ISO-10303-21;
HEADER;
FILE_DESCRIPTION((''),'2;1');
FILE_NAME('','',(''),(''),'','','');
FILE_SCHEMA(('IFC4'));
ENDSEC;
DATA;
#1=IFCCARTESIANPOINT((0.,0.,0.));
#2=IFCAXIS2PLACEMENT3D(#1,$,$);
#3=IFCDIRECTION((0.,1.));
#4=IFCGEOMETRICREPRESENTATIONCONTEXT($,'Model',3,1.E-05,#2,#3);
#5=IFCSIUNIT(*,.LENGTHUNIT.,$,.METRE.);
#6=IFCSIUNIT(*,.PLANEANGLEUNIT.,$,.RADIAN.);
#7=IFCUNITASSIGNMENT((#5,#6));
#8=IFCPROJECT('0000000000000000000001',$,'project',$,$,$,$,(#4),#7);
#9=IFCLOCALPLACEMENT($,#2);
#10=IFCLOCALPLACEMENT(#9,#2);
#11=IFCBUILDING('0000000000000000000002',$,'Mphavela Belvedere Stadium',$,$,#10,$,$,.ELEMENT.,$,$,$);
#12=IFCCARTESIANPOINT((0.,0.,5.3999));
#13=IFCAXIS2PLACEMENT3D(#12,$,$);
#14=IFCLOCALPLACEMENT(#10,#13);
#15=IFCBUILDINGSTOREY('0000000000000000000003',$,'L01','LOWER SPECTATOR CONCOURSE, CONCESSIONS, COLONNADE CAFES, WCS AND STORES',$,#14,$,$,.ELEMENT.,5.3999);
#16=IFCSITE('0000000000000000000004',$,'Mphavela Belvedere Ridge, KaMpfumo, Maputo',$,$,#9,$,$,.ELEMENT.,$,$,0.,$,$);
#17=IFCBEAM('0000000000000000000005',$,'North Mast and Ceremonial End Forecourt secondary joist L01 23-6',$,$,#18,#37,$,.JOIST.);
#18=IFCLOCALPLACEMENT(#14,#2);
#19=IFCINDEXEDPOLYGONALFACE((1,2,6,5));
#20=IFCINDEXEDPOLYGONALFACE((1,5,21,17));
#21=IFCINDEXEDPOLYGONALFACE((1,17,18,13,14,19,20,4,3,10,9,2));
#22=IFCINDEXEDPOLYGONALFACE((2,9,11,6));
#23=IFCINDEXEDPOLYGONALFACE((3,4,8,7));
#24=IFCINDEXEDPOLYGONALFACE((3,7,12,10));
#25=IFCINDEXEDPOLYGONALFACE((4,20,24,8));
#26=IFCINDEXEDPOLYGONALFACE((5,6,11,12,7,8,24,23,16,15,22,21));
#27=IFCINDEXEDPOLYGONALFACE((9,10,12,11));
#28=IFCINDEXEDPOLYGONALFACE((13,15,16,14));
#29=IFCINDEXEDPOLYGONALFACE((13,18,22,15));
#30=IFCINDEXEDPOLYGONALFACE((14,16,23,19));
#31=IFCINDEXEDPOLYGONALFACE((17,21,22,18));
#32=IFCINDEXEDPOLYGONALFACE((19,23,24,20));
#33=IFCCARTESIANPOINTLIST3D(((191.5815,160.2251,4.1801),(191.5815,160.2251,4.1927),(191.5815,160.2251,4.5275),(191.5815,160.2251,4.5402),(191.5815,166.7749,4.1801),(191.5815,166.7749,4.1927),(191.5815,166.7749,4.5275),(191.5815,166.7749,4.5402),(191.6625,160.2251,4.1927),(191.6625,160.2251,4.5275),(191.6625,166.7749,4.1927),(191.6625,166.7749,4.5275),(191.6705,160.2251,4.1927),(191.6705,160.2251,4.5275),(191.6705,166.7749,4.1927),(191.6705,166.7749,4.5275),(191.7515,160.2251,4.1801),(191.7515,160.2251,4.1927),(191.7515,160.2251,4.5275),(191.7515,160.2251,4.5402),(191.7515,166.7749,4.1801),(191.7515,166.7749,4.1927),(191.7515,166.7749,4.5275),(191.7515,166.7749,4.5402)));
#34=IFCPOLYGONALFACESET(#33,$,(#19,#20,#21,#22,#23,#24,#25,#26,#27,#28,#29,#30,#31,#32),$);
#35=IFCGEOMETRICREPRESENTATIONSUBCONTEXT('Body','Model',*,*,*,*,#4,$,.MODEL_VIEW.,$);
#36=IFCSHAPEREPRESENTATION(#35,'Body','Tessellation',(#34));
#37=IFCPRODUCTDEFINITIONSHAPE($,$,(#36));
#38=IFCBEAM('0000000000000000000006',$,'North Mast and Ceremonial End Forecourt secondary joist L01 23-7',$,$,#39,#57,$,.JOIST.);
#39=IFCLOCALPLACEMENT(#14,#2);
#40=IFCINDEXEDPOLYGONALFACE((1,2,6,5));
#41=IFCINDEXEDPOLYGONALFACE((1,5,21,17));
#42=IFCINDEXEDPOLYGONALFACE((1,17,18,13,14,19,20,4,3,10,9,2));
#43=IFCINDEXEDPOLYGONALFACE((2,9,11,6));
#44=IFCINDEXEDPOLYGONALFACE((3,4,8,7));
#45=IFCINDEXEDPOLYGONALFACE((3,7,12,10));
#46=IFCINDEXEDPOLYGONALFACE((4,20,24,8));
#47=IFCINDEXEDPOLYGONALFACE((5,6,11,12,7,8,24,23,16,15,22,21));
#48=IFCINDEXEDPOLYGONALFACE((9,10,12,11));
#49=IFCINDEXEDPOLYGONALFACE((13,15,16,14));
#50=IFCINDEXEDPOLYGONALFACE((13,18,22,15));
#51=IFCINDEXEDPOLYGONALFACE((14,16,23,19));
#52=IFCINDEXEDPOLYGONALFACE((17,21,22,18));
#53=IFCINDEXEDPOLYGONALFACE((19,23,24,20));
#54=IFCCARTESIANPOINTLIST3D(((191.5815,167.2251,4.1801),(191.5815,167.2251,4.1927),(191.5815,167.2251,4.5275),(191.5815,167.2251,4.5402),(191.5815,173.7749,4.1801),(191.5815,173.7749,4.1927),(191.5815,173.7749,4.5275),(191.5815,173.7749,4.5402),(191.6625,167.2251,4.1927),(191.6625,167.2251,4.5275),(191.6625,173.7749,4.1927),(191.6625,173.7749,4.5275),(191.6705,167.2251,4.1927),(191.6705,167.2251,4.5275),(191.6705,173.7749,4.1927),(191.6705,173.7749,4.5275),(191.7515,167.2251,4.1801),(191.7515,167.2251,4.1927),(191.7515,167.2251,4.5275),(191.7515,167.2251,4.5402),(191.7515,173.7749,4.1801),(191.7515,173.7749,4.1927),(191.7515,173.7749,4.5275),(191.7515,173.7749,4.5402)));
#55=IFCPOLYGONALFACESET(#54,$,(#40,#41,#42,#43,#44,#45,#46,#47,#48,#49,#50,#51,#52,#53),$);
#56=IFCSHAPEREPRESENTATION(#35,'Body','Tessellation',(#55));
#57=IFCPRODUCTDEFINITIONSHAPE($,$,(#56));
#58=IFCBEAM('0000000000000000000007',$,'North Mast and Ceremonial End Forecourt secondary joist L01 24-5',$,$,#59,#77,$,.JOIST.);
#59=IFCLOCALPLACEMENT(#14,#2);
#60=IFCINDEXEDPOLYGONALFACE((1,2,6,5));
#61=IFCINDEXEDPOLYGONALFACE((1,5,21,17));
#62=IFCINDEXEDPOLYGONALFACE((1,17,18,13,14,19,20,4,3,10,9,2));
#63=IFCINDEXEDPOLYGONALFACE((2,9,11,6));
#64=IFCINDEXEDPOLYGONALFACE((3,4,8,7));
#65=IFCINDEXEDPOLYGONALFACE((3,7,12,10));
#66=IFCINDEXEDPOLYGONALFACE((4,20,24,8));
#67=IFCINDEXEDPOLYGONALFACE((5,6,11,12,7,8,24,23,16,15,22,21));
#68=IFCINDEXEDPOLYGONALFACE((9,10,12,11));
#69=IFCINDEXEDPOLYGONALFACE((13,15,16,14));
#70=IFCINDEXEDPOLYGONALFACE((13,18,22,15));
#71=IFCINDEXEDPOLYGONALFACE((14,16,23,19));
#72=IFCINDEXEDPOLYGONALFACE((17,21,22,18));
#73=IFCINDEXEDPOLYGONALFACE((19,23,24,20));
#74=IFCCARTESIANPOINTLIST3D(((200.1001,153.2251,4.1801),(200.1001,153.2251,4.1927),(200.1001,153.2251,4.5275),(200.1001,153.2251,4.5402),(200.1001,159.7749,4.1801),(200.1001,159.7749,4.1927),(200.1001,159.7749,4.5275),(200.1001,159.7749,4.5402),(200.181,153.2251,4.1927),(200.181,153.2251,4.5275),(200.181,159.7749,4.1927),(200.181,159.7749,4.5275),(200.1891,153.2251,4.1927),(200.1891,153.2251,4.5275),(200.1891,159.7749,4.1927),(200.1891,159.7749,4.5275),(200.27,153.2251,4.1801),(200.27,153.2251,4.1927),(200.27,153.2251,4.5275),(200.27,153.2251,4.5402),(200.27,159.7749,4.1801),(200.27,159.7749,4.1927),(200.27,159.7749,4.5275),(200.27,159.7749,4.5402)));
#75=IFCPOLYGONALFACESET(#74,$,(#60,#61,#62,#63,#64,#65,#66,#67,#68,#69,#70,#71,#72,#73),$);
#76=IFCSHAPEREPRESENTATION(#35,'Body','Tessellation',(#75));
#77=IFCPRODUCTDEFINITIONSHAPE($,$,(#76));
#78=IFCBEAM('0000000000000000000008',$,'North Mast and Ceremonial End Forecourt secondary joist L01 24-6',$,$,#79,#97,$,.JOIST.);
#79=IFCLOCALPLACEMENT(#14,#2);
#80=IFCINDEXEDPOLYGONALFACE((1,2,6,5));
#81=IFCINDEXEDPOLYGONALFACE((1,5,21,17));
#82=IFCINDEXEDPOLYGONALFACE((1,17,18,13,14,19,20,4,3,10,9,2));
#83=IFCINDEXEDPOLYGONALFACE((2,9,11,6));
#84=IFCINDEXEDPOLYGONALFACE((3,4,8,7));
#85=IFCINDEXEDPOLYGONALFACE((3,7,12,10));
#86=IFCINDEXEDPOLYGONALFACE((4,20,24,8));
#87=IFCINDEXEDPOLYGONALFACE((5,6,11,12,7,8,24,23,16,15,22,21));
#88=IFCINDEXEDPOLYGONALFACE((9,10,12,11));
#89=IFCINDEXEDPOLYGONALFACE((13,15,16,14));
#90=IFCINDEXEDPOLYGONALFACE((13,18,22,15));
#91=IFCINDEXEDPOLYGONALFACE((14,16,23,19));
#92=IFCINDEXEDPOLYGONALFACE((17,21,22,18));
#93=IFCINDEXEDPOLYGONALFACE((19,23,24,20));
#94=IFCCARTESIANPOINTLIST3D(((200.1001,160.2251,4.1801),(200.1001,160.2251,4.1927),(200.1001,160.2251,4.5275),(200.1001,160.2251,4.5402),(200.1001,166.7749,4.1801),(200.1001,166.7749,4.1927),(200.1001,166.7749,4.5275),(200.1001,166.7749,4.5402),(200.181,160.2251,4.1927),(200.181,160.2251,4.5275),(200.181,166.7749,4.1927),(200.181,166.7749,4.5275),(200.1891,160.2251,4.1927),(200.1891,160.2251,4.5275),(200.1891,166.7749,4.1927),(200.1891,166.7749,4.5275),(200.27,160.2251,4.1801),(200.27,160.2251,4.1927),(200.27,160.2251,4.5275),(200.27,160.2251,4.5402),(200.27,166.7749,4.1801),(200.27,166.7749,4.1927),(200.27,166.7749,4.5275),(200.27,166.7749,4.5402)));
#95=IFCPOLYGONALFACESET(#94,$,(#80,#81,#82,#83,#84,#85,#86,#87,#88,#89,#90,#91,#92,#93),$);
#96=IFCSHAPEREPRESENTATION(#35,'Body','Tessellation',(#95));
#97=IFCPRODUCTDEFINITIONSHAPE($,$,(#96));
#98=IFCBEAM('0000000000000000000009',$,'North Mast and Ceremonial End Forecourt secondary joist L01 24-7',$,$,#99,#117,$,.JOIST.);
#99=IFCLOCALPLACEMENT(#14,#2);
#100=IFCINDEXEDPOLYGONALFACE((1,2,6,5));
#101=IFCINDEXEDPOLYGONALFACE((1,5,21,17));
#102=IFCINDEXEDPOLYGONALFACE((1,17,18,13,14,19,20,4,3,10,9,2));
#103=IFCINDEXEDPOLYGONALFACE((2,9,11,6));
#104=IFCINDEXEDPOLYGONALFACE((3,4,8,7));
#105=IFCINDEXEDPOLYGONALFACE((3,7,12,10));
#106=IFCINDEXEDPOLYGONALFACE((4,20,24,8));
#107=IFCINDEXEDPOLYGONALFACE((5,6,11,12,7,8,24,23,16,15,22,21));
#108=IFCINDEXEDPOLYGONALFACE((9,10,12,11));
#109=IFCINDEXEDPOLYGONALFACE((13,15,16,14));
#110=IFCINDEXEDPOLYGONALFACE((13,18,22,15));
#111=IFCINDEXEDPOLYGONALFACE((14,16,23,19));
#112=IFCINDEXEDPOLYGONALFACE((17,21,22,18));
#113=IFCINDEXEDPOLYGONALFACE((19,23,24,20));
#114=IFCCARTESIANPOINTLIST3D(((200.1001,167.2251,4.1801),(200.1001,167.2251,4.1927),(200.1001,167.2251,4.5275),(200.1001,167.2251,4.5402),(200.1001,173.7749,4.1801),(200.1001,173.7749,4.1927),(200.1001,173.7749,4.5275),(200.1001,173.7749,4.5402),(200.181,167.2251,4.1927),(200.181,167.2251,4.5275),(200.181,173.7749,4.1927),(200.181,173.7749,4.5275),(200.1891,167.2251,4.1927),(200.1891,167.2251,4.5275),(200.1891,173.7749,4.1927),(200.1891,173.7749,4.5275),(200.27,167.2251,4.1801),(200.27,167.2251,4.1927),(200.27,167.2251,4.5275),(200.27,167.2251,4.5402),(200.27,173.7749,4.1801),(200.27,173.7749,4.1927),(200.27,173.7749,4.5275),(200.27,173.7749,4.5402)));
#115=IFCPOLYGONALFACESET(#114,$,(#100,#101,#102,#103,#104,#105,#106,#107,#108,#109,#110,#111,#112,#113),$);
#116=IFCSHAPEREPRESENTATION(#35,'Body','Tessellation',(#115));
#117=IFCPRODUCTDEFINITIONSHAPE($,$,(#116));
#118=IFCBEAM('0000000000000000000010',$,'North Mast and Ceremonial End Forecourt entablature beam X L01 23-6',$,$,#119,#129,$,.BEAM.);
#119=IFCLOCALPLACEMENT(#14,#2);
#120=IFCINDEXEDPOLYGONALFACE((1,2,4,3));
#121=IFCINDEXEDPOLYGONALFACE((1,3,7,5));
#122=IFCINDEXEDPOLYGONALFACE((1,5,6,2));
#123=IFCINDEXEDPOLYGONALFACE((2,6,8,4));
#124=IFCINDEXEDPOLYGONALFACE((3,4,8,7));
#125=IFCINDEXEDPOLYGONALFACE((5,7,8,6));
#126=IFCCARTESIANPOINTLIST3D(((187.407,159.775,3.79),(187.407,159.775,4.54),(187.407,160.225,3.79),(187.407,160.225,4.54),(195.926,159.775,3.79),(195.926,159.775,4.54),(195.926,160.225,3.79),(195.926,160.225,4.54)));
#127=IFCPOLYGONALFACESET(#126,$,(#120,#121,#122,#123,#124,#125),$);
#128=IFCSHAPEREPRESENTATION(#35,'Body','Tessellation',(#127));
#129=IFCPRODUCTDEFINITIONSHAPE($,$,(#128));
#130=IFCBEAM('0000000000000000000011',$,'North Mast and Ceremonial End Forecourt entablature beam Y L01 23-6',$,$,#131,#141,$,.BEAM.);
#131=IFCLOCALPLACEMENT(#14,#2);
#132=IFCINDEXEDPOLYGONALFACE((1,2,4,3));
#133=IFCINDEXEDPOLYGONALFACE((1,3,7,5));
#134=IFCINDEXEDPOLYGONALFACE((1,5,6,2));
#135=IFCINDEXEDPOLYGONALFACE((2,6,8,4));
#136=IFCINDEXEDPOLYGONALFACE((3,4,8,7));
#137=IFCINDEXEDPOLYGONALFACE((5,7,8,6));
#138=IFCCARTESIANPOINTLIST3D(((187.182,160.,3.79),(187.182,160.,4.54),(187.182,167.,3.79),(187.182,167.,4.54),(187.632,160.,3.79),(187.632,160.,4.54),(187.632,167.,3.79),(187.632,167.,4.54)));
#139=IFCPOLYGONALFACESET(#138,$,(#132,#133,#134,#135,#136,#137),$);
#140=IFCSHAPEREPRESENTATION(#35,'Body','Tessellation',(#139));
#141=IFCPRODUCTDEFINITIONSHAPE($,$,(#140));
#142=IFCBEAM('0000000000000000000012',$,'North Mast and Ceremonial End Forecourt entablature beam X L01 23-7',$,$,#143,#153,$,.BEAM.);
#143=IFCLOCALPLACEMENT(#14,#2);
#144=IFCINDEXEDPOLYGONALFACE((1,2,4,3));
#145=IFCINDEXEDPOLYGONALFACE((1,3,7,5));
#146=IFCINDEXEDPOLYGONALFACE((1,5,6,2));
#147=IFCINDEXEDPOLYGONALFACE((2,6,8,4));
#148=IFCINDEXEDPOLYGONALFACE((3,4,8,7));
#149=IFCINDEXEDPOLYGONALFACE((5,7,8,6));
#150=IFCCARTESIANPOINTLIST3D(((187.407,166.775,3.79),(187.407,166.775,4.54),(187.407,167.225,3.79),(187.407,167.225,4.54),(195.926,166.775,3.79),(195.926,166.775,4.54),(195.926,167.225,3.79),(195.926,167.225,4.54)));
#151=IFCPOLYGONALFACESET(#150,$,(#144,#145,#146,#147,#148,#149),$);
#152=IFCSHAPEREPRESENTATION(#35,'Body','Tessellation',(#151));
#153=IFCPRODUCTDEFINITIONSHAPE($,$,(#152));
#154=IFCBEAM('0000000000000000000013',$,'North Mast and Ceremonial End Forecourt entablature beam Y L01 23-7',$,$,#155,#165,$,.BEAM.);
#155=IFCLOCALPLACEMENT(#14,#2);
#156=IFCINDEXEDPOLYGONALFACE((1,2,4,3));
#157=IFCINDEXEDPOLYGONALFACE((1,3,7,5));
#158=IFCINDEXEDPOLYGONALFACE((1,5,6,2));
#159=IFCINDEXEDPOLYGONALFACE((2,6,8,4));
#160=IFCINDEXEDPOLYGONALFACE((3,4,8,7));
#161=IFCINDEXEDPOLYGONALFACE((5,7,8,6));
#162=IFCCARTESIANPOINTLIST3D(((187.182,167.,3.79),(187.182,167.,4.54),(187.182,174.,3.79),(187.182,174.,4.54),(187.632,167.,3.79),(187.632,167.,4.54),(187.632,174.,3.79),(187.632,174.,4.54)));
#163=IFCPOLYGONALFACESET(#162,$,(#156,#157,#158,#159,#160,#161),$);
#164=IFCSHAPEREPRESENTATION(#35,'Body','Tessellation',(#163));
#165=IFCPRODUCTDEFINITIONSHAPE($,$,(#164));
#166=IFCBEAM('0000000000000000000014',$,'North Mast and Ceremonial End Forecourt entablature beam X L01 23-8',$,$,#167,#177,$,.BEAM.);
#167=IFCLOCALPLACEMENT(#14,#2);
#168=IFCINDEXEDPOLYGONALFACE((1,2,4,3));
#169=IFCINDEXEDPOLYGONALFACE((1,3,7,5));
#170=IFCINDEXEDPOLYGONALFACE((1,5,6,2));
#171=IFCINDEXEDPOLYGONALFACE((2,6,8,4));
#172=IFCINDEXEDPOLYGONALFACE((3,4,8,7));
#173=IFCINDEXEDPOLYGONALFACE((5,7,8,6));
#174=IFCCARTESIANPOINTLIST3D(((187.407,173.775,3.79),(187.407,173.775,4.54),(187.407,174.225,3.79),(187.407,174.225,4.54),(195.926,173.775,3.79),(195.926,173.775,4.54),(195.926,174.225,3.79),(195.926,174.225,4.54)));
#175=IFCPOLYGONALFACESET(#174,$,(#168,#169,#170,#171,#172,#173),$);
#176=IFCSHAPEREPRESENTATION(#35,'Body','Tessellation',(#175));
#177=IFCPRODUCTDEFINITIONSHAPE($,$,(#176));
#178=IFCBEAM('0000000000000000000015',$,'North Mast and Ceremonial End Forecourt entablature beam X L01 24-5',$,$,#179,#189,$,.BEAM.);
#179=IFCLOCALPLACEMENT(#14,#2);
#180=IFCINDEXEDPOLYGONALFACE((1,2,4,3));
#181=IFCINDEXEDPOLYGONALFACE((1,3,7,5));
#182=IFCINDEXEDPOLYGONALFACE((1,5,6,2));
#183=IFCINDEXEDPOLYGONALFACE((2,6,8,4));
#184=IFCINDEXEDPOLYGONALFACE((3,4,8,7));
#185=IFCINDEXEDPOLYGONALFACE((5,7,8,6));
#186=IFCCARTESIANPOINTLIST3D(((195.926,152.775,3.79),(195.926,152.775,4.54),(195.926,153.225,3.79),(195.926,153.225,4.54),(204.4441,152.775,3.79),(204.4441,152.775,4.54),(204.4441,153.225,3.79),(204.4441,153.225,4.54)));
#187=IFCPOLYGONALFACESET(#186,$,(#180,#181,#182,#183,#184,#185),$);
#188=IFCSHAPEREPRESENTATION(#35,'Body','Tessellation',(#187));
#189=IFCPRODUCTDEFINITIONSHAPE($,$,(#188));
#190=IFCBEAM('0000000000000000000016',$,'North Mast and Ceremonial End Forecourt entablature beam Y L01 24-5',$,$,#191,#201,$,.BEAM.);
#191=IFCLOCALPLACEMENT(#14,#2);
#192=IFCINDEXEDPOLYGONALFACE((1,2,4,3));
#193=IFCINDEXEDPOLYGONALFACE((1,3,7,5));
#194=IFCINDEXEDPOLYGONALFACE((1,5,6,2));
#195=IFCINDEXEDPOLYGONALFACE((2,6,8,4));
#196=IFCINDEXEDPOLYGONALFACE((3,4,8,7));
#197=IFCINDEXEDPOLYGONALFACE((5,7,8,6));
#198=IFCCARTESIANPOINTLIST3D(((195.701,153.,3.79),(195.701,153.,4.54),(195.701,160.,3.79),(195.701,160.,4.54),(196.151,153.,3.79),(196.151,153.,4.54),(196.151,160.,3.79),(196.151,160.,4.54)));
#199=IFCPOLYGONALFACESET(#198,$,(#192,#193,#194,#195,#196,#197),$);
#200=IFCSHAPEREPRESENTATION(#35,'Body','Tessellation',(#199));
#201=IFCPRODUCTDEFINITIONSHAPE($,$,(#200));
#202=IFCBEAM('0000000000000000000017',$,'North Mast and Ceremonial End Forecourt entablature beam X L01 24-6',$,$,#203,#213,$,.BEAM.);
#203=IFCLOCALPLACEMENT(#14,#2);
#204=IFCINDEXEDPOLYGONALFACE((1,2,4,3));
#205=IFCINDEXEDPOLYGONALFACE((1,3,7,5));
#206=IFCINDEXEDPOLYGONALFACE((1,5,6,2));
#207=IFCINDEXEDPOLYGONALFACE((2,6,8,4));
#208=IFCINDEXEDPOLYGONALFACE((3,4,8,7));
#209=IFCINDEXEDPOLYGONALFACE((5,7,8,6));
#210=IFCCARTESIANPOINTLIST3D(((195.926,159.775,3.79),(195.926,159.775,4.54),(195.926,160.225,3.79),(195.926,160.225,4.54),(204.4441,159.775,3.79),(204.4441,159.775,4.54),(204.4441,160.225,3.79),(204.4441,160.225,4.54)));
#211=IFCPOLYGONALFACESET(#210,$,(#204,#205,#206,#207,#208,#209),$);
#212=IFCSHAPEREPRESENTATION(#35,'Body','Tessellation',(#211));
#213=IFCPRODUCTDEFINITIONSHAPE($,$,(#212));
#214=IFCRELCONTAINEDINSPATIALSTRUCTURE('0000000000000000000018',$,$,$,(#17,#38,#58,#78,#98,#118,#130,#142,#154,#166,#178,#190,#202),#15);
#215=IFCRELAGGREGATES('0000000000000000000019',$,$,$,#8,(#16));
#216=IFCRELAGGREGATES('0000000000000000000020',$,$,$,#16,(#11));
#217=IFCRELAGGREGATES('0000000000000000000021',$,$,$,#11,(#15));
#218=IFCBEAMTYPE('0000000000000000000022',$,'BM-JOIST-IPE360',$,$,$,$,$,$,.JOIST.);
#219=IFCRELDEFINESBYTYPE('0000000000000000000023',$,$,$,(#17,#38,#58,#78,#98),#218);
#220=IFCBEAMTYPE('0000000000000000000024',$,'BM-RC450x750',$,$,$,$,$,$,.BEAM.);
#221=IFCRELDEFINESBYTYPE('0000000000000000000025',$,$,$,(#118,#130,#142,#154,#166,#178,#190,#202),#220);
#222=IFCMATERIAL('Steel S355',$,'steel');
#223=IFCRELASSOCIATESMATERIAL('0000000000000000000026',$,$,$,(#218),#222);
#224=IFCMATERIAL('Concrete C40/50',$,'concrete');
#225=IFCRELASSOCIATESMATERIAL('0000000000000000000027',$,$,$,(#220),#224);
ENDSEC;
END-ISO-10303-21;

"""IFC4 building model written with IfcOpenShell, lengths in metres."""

from ifc_helpers import new_model, si_unit, direction, frame, origin, origin_2d, place, context, subcontext, project, spatial, rectangle, i_section, extrude, material, material_profile, profile_set, type_object, element, save


model = new_model("IFC4")

# Units and contexts
model_context = context("Model", 3, precision=1e-05, world=origin(), true_north=direction((0.0, 1.0)))
body_context = subcontext(model_context, "Body", "Model", "MODEL_VIEW")
ifc_project = project(units=[si_unit("LENGTHUNIT", "METRE"), si_unit("PLANEANGLEUNIT", "RADIAN")], contexts=[model_context])

# Site, building, storey
site_placement = place(None, origin())
site = spatial("IfcSite", under=ifc_project, at=site_placement, Name="Mphavela Belvedere Ridge, KaMpfumo, Maputo", CompositionType="ELEMENT", RefElevation=0.0)
building_placement = place(site_placement, origin())
building = spatial("IfcBuilding", under=site, at=building_placement, Name="Mphavela Belvedere Stadium", CompositionType="ELEMENT")
storey_placement = place(building_placement, frame((0.0, 0.0, 5.3999)))
storey = spatial("IfcBuildingStorey", under=building, at=storey_placement, Name="L01", Description="LOWER SPECTATOR CONCOURSE, CONCESSIONS, COLONNADE CAFES, WCS AND STORES", CompositionType="ELEMENT", Elevation=5.3999)

# Beams
ifc_material_1 = material(Name="Steel S355", Category="steel")
ifc_material_profile_1 = material_profile(ifc_material_1, i_section(OverallWidth=0.1699, OverallDepth=0.3601, WebThickness=0.0081, FlangeThickness=0.0127, at=origin_2d()), Name="IPE 360")
ifc_profile_set_1 = profile_set([ifc_material_profile_1], Name="Steel S355")
beam_type_1 = type_object("IfcBeamType", Name="BM-JOIST-IPE360", PredefinedType="JOIST", material=ifc_profile_set_1)
for number, where, z_axis, x_axis, name in (
    (1, (191.6665, 160.2251, 4.3601), (0.0, 1.0, 0.0), (-1.0, 0.0, 0.0), "North Mast and Ceremonial End Forecourt secondary joist L01 23-6"),
    (2, (191.6665, 167.2251, 4.3601), (0.0, 1.0, 0.0), (-1.0, 0.0, 0.0), "North Mast and Ceremonial End Forecourt secondary joist L01 23-7"),
    (3, (200.1851, 153.2251, 4.3601), (0.0, 1.0, 0.0), (-1.0, 0.0, 0.0), "North Mast and Ceremonial End Forecourt secondary joist L01 24-5"),
    (4, (200.1851, 160.2251, 4.3601), (0.0, 1.0, 0.0), (-1.0, 0.0, 0.0), "North Mast and Ceremonial End Forecourt secondary joist L01 24-6"),
    (5, (200.1851, 167.2251, 4.3601), (0.0, 1.0, 0.0), (-1.0, 0.0, 0.0), "North Mast and Ceremonial End Forecourt secondary joist L01 24-7"),
):
    element("IfcBeam", number, at=place(storey_placement, frame(where, z_axis=z_axis, x_axis=x_axis)), inside=storey, type_object=beam_type_1, Name=name, PredefinedType="JOIST", context=body_context, shape_type="SweptSolid", body=[
        extrude(i_section(OverallWidth=0.1699, OverallDepth=0.3601, WebThickness=0.0081, FlangeThickness=0.0127, at=origin_2d()), origin(), (0.0, 0.0, 1.0), 6.5498),
    ])
ifc_material_2 = material(Name="Concrete C40/50", Category="concrete")
ifc_material_profile_2 = material_profile(ifc_material_2, rectangle(XDim=0.45, YDim=0.75, at=origin_2d()), Name="RC 450x750")
ifc_profile_set_2 = profile_set([ifc_material_profile_2], Name="Concrete C40/50")
beam_type_2 = type_object("IfcBeamType", Name="BM-RC450x750", PredefinedType="BEAM", material=ifc_profile_set_2)
beam_1_placement = place(storey_placement, frame((187.407, 160.0, 4.165), z_axis=(1.0, 0.0, 0.0), x_axis=(0.0, 1.0, 0.0)))
element("IfcBeam", 6, at=beam_1_placement, inside=storey, type_object=beam_type_2, Name="North Mast and Ceremonial End Forecourt entablature beam X L01 23-6", PredefinedType="BEAM", context=body_context, shape_type="SweptSolid", body=[
    extrude(rectangle(XDim=0.45, YDim=0.75, at=origin_2d()), origin(), (0.0, 0.0, 1.0), 8.519),
])
beam_2_placement = place(storey_placement, frame((187.407, 160.0, 4.165), z_axis=(0.0, 1.0, 0.0), x_axis=(-1.0, 0.0, 0.0)))
element("IfcBeam", 7, at=beam_2_placement, inside=storey, type_object=beam_type_2, Name="North Mast and Ceremonial End Forecourt entablature beam Y L01 23-6", PredefinedType="BEAM", context=body_context, shape_type="SweptSolid", body=[
    extrude(rectangle(XDim=0.45, YDim=0.75, at=origin_2d()), origin(), (0.0, 0.0, 1.0), 7.0),
])
beam_3_placement = place(storey_placement, frame((187.407, 167.0, 4.165), z_axis=(1.0, 0.0, 0.0), x_axis=(0.0, 1.0, 0.0)))
element("IfcBeam", 8, at=beam_3_placement, inside=storey, type_object=beam_type_2, Name="North Mast and Ceremonial End Forecourt entablature beam X L01 23-7", PredefinedType="BEAM", context=body_context, shape_type="SweptSolid", body=[
    extrude(rectangle(XDim=0.45, YDim=0.75, at=origin_2d()), origin(), (0.0, 0.0, 1.0), 8.519),
])
beam_4_placement = place(storey_placement, frame((187.407, 167.0, 4.165), z_axis=(0.0, 1.0, 0.0), x_axis=(-1.0, 0.0, 0.0)))
element("IfcBeam", 9, at=beam_4_placement, inside=storey, type_object=beam_type_2, Name="North Mast and Ceremonial End Forecourt entablature beam Y L01 23-7", PredefinedType="BEAM", context=body_context, shape_type="SweptSolid", body=[
    extrude(rectangle(XDim=0.45, YDim=0.75, at=origin_2d()), origin(), (0.0, 0.0, 1.0), 7.0),
])
beam_5_placement = place(storey_placement, frame((187.407, 174.0, 4.165), z_axis=(1.0, 0.0, 0.0), x_axis=(0.0, 1.0, 0.0)))
element("IfcBeam", 10, at=beam_5_placement, inside=storey, type_object=beam_type_2, Name="North Mast and Ceremonial End Forecourt entablature beam X L01 23-8", PredefinedType="BEAM", context=body_context, shape_type="SweptSolid", body=[
    extrude(rectangle(XDim=0.45, YDim=0.75, at=origin_2d()), origin(), (0.0, 0.0, 1.0), 8.519),
])
beam_6_placement = place(storey_placement, frame((195.926, 153.0, 4.165), z_axis=(1.0, 0.0, 0.0), x_axis=(0.0, 1.0, 0.0)))
element("IfcBeam", 11, at=beam_6_placement, inside=storey, type_object=beam_type_2, Name="North Mast and Ceremonial End Forecourt entablature beam X L01 24-5", PredefinedType="BEAM", context=body_context, shape_type="SweptSolid", body=[
    extrude(rectangle(XDim=0.45, YDim=0.75, at=origin_2d()), origin(), (0.0, 0.0, 1.0), 8.5181),
])
beam_7_placement = place(storey_placement, frame((195.926, 153.0, 4.165), z_axis=(0.0, 1.0, 0.0), x_axis=(-1.0, 0.0, 0.0)))
element("IfcBeam", 12, at=beam_7_placement, inside=storey, type_object=beam_type_2, Name="North Mast and Ceremonial End Forecourt entablature beam Y L01 24-5", PredefinedType="BEAM", context=body_context, shape_type="SweptSolid", body=[
    extrude(rectangle(XDim=0.45, YDim=0.75, at=origin_2d()), origin(), (0.0, 0.0, 1.0), 7.0),
])
beam_8_placement = place(storey_placement, frame((195.926, 160.0, 4.165), z_axis=(1.0, 0.0, 0.0), x_axis=(0.0, 1.0, 0.0)))
element("IfcBeam", 13, at=beam_8_placement, inside=storey, type_object=beam_type_2, Name="North Mast and Ceremonial End Forecourt entablature beam X L01 24-6", PredefinedType="BEAM", context=body_context, shape_type="SweptSolid", body=[
    extrude(rectangle(XDim=0.45, YDim=0.75, at=origin_2d()), origin(), (0.0, 0.0, 1.0), 8.5181),
])

save(model, "model.ifc")
